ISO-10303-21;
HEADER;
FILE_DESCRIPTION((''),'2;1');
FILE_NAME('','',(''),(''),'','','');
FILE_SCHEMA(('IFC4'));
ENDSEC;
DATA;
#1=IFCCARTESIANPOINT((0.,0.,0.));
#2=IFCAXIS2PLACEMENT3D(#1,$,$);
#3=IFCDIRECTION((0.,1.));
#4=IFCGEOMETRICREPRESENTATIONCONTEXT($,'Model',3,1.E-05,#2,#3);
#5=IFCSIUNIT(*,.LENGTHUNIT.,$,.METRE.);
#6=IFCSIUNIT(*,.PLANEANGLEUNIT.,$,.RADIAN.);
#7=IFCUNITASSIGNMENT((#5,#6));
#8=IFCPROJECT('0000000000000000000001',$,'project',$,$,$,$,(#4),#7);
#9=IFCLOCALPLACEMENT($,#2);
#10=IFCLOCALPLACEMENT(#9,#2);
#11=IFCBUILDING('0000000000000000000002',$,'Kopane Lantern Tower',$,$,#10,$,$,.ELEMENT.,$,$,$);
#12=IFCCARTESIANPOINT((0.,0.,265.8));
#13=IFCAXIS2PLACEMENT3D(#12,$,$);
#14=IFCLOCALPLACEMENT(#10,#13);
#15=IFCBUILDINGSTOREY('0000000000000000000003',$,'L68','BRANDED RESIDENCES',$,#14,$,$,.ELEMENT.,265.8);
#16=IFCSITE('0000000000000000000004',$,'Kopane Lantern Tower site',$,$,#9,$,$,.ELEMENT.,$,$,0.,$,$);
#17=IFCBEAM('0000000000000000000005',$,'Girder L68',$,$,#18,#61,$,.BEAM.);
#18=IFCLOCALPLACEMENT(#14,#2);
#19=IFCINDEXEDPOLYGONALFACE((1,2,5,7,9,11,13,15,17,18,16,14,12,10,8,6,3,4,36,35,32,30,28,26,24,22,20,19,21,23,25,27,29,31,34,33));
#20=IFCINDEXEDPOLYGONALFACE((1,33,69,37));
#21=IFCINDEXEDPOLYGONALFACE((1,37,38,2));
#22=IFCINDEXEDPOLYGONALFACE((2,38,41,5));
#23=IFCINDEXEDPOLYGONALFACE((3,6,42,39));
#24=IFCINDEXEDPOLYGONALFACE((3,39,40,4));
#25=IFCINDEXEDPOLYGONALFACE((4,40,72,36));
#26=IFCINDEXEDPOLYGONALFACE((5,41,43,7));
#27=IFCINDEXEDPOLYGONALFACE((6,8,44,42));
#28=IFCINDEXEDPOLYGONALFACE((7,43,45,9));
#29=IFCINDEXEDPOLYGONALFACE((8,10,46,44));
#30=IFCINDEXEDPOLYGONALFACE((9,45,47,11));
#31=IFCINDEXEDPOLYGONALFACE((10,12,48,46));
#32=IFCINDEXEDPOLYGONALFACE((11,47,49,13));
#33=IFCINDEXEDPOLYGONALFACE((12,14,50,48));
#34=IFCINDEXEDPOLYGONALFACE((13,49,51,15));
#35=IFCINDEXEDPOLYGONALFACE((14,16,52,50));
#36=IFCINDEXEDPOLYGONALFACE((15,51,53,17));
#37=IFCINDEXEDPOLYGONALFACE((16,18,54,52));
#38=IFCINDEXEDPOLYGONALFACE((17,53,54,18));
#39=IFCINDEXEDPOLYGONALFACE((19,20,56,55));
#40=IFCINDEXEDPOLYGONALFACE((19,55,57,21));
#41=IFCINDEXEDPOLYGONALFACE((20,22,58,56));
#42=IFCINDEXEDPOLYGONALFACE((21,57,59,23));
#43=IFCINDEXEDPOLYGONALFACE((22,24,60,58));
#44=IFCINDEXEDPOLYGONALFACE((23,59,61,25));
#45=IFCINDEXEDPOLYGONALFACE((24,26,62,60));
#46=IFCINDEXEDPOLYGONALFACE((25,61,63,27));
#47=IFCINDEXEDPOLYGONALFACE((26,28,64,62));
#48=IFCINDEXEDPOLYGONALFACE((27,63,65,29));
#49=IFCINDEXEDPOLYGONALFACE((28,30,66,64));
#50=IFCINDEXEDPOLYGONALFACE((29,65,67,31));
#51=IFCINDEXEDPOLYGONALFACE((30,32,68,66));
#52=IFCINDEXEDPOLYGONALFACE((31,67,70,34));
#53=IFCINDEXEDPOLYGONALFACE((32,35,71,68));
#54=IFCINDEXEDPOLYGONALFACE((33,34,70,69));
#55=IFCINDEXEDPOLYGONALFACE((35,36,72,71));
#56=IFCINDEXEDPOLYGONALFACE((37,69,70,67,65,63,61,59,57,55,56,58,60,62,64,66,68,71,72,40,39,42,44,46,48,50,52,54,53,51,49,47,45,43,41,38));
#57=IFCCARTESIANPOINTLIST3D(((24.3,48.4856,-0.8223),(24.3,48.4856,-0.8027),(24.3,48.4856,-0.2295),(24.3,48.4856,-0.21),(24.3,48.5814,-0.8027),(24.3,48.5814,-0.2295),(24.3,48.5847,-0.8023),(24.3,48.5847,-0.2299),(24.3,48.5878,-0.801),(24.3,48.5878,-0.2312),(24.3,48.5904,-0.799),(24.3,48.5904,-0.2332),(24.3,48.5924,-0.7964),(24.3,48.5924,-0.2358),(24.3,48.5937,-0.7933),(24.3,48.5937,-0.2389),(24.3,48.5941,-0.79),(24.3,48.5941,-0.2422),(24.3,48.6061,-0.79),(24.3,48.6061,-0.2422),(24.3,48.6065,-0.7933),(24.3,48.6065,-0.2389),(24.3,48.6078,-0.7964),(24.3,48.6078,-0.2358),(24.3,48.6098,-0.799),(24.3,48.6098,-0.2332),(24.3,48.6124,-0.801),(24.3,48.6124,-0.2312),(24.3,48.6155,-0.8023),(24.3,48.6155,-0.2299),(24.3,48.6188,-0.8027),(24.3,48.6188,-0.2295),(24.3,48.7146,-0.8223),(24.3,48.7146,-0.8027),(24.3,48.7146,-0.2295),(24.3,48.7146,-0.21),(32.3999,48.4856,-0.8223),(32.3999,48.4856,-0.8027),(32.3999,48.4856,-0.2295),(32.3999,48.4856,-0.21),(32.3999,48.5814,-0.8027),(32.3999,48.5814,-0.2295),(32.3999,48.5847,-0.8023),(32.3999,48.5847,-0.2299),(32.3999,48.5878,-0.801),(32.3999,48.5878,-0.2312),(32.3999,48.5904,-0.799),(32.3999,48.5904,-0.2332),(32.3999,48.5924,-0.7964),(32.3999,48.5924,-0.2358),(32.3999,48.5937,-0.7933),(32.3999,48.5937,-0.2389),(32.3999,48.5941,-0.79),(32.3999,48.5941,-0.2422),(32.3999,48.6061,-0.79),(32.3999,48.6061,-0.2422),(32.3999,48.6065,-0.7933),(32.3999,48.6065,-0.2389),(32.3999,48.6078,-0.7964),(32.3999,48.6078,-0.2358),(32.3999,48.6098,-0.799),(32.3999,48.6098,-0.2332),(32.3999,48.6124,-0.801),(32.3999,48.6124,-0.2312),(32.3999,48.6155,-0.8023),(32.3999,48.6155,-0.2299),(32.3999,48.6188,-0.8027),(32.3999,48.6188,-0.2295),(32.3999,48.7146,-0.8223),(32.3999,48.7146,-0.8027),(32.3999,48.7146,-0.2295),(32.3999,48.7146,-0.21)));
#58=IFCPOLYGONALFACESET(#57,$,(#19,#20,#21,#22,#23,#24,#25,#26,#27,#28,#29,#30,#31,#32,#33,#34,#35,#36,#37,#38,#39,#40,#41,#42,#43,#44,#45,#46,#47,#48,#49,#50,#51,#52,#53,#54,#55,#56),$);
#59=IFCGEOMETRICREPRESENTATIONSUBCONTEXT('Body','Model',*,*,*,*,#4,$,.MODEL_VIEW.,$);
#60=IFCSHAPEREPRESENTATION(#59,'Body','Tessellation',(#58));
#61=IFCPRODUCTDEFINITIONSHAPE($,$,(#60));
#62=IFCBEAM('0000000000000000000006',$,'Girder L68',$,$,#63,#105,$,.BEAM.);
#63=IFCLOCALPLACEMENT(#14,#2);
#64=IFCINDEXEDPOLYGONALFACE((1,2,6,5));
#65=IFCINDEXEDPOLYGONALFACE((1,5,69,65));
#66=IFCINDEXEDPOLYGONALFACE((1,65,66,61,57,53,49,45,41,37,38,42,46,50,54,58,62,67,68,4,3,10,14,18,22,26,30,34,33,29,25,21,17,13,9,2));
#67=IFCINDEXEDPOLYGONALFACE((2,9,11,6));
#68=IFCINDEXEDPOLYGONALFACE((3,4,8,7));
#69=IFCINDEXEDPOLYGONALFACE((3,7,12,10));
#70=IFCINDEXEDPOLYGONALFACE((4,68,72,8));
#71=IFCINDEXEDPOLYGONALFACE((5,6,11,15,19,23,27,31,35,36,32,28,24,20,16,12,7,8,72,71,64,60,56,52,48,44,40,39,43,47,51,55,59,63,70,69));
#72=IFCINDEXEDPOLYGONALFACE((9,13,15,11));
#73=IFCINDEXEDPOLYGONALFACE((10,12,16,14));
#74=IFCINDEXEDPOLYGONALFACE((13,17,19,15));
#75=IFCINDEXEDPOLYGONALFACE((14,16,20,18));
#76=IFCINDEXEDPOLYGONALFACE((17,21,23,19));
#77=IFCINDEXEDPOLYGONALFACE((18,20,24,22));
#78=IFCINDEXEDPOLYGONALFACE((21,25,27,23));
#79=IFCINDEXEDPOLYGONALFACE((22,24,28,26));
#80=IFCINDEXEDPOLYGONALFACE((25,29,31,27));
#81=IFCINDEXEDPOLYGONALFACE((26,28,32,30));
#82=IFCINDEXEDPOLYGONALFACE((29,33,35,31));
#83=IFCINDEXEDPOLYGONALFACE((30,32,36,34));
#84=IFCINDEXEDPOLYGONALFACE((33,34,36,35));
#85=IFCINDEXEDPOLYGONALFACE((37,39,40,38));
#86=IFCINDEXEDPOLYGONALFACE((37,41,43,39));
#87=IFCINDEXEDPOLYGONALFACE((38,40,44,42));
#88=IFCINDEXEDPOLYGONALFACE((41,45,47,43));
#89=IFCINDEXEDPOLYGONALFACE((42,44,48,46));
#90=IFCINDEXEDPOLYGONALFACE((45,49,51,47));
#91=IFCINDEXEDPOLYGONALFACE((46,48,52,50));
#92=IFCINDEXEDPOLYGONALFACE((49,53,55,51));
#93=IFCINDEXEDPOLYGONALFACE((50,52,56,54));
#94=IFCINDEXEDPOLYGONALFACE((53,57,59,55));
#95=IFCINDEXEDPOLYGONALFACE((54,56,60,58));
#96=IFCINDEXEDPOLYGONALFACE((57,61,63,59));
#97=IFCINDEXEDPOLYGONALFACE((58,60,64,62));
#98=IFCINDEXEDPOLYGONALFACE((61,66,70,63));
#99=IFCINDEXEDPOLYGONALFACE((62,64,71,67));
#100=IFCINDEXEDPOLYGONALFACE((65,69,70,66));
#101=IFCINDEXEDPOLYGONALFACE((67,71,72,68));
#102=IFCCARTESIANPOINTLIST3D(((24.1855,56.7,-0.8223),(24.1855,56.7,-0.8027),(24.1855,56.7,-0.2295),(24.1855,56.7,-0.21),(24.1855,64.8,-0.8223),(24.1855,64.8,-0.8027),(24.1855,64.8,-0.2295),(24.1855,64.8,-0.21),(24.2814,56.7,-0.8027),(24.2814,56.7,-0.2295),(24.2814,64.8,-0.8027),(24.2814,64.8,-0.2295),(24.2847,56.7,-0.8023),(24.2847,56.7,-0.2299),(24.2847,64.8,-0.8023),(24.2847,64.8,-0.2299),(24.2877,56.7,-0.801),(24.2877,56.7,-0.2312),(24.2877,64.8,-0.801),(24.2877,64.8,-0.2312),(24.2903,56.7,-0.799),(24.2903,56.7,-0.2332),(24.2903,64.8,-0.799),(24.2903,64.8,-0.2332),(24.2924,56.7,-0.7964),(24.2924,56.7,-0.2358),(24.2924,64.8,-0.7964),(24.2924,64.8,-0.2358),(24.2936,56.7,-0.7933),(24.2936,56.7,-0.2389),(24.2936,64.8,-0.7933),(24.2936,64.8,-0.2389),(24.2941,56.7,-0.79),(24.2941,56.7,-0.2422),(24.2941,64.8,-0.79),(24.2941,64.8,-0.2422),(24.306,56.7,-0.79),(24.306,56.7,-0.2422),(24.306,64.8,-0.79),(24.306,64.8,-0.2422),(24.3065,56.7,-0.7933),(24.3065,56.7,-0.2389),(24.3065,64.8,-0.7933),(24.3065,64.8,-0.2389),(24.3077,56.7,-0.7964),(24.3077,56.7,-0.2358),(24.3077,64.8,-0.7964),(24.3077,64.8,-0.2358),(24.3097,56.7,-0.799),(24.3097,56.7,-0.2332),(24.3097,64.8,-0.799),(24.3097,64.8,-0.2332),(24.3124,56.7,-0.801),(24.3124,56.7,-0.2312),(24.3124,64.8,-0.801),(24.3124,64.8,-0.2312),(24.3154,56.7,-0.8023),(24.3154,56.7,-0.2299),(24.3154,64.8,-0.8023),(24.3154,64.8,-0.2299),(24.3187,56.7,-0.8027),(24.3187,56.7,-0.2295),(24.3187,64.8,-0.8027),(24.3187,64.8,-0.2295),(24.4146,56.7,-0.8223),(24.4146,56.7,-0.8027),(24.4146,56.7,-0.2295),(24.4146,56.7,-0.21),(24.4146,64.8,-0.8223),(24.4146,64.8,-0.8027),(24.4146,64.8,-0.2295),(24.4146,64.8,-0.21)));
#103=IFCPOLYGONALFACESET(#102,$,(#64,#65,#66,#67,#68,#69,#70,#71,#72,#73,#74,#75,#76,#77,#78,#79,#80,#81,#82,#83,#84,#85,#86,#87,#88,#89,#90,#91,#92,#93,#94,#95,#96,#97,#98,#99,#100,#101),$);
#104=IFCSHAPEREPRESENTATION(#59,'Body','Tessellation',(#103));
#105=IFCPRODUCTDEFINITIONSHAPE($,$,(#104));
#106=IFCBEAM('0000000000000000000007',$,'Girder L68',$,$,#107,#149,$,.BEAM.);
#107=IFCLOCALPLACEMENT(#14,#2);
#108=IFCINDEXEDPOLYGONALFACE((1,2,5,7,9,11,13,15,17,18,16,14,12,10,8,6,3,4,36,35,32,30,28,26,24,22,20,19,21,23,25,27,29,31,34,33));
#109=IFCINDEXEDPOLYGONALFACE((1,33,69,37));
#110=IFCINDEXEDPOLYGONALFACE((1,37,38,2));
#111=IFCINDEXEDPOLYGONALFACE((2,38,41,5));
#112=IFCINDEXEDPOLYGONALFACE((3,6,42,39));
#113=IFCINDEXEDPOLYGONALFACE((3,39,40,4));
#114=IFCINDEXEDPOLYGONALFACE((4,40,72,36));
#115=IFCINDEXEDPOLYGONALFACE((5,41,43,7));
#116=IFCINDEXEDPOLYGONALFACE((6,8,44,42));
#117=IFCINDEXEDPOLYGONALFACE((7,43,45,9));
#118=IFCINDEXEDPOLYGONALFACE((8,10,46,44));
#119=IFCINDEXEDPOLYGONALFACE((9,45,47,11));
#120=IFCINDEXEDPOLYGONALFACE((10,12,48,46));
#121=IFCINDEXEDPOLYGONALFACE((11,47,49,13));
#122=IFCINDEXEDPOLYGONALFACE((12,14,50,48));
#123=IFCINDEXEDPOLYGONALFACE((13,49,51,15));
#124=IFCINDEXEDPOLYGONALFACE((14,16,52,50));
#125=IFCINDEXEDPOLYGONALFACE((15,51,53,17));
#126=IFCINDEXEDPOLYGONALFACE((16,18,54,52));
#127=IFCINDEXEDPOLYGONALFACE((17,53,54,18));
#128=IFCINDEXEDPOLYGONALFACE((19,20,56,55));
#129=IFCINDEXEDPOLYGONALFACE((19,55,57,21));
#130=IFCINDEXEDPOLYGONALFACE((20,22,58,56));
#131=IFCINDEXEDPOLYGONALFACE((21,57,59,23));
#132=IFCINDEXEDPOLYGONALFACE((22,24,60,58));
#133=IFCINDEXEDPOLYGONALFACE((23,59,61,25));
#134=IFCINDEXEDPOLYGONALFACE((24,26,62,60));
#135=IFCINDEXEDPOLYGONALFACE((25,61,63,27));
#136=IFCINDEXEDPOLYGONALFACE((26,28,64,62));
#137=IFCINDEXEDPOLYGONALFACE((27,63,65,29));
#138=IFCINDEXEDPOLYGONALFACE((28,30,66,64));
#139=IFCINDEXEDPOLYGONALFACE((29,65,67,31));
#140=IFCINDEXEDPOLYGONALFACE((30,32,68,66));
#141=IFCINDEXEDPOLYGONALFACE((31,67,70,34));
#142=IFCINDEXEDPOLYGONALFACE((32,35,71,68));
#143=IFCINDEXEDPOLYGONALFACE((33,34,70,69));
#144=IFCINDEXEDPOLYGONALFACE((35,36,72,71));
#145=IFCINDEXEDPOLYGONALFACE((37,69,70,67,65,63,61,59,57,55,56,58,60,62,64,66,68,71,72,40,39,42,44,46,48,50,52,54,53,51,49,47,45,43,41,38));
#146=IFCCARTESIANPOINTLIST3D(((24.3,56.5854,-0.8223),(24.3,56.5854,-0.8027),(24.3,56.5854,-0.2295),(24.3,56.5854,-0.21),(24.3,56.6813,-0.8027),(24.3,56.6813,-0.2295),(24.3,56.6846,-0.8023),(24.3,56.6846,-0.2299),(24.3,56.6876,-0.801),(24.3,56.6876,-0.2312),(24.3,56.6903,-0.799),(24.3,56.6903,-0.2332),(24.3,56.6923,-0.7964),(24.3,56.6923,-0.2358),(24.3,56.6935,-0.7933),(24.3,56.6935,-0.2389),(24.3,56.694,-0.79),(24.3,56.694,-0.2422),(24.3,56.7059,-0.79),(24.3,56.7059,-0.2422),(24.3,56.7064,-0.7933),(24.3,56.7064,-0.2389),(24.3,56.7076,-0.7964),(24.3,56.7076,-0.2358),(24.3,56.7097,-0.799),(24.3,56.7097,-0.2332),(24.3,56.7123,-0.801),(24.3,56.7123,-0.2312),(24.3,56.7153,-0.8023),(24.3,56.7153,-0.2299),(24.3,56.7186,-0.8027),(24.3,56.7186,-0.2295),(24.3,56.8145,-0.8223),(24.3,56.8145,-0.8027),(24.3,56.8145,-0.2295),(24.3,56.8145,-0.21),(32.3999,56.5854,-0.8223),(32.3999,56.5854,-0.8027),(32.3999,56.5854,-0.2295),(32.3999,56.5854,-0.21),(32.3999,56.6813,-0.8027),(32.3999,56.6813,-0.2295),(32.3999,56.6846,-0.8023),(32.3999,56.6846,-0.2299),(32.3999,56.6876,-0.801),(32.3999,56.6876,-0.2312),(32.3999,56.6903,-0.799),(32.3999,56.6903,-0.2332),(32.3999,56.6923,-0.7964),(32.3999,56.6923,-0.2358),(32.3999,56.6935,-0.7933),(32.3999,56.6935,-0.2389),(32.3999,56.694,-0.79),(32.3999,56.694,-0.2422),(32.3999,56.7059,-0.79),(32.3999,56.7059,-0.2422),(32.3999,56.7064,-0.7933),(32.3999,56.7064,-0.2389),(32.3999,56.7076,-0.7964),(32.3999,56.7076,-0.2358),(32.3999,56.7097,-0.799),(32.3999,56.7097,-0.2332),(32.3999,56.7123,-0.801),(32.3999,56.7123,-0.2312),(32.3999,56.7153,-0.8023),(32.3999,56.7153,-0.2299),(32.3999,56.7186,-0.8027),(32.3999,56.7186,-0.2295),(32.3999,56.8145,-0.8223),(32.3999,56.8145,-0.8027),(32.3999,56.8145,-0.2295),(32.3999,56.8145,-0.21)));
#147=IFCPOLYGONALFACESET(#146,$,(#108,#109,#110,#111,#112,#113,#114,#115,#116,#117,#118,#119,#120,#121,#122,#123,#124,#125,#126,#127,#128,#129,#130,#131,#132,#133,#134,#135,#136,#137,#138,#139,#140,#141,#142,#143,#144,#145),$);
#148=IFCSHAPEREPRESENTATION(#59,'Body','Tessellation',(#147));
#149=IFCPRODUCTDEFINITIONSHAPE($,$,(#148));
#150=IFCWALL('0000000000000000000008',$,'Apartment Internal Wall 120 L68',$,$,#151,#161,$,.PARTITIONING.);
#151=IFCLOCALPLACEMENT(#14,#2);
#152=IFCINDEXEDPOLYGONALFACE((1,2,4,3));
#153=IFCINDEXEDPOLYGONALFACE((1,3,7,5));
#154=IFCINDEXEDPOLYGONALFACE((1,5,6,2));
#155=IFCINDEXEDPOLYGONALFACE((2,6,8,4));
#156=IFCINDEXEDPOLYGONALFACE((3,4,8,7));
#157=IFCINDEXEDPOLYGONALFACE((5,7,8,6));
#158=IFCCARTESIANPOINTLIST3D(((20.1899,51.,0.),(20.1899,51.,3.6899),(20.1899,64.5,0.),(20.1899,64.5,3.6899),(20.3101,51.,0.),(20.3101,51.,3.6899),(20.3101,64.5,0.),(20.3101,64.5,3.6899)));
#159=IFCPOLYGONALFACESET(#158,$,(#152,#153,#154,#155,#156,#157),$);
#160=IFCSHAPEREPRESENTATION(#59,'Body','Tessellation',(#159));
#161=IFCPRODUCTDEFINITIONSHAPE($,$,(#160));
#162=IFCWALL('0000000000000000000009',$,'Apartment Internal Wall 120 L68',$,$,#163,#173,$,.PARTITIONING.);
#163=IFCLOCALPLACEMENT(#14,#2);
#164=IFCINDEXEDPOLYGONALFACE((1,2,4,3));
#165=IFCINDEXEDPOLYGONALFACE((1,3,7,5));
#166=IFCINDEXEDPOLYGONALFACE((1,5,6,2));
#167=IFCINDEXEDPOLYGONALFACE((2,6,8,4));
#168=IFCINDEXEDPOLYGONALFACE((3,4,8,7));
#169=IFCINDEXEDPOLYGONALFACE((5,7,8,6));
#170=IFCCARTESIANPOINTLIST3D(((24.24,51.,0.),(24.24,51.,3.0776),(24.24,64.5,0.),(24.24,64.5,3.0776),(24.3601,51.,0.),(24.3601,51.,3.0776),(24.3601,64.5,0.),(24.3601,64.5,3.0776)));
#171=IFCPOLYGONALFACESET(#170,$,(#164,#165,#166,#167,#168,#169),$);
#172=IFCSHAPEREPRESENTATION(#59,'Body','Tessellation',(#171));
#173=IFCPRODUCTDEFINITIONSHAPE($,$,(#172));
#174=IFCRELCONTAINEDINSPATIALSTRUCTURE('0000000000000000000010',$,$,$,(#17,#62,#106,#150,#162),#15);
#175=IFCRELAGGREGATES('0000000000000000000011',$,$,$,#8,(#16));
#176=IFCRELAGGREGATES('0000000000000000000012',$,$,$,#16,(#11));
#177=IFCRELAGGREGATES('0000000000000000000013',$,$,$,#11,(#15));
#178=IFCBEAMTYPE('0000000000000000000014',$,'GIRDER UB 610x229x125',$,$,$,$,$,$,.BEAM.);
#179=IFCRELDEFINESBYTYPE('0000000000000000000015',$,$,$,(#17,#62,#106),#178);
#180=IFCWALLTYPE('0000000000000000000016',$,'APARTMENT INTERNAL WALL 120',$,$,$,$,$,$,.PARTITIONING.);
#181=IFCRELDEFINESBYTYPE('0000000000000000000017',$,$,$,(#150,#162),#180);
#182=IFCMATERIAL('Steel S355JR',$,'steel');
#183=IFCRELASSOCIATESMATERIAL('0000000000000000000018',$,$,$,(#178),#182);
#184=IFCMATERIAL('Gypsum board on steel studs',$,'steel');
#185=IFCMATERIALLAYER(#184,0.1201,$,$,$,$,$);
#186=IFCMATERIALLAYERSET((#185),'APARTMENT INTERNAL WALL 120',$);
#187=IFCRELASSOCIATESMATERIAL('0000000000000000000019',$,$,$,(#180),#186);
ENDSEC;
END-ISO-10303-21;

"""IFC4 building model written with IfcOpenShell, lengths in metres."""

from ifc_helpers import new_model, si_unit, direction, frame, frame_2d, origin, origin_2d, place, context, subcontext, project, spatial, rectangle, i_section, extrude, material, layer, layer_set, material_profile, profile_set, type_object, element, save


model = new_model("IFC4")

# Units and contexts
model_context = context("Model", 3, precision=1e-05, world=origin(), true_north=direction((0.0, 1.0)))
body_context = subcontext(model_context, "Body", "Model", "MODEL_VIEW")
ifc_project = project(units=[si_unit("LENGTHUNIT", "METRE"), si_unit("PLANEANGLEUNIT", "RADIAN")], contexts=[model_context])

# Site, building, storey
site_placement = place(None, origin())
site = spatial("IfcSite", under=ifc_project, at=site_placement, Name="Kopane Lantern Tower site", CompositionType="ELEMENT", RefElevation=0.0)
building_placement = place(site_placement, origin())
building = spatial("IfcBuilding", under=site, at=building_placement, Name="Kopane Lantern Tower", CompositionType="ELEMENT")
storey_placement = place(building_placement, frame((0.0, 0.0, 265.8)))
storey = spatial("IfcBuildingStorey", under=building, at=storey_placement, Name="L68", Description="BRANDED RESIDENCES", CompositionType="ELEMENT", Elevation=265.8)

# Beams
ifc_material_1 = material(Name="Steel S355JR", Category="steel")
ifc_material_profile_1 = material_profile(ifc_material_1, i_section(OverallWidth=0.229, OverallDepth=0.6123, WebThickness=0.012, FlangeThickness=0.0195, FilletRadius=0.0127, at=origin_2d()), Name="UB 610x229x125")
ifc_profile_set_1 = profile_set([ifc_material_profile_1], Name="Steel S355JR")
beam_type = type_object("IfcBeamType", Name="GIRDER UB 610x229x125", PredefinedType="BEAM", material=ifc_profile_set_1)
for number, where, z_axis, x_axis, name in (
    (1, (24.3, 48.6001, -0.5161), (1.0, 0.0, 0.0), (0.0, 1.0, 0.0), "Girder L68"),
):
    element("IfcBeam", number, at=place(storey_placement, frame(where, z_axis=z_axis, x_axis=x_axis)), inside=storey, type_object=beam_type, Name=name, PredefinedType="BEAM", context=body_context, shape_type="SweptSolid", body=[
        extrude(i_section(OverallWidth=0.229, OverallDepth=0.6123, WebThickness=0.012, FlangeThickness=0.0195, FilletRadius=0.0127, at=origin_2d()), origin(), (0.0, 0.0, 1.0), 8.0999),
    ])
beam_1_placement = place(storey_placement, frame((24.3, 56.7, -0.5161), z_axis=(0.0, 1.0, 0.0), x_axis=(-1.0, 0.0, 0.0)))
element("IfcBeam", 2, at=beam_1_placement, inside=storey, type_object=beam_type, Name="Girder L68", PredefinedType="BEAM", context=body_context, shape_type="SweptSolid", body=[
    extrude(i_section(OverallWidth=0.229, OverallDepth=0.6123, WebThickness=0.012, FlangeThickness=0.0195, FilletRadius=0.0127, at=origin_2d()), origin(), (0.0, 0.0, 1.0), 8.1001),
])
beam_2_placement = place(storey_placement, frame((24.3, 56.7, -0.5161), z_axis=(1.0, 0.0, 0.0), x_axis=(0.0, 1.0, 0.0)))
element("IfcBeam", 3, at=beam_2_placement, inside=storey, type_object=beam_type, Name="Girder L68", PredefinedType="BEAM", context=body_context, shape_type="SweptSolid", body=[
    extrude(i_section(OverallWidth=0.229, OverallDepth=0.6123, WebThickness=0.012, FlangeThickness=0.0195, FilletRadius=0.0127, at=origin_2d()), origin(), (0.0, 0.0, 1.0), 8.0999),
])

# Walls
ifc_material_2 = material(Name="Gypsum board on steel studs", Category="steel")
ifc_layer_1 = layer(ifc_material_2, 0.1201)
ifc_layer_set_1 = layer_set([ifc_layer_1], Name="APARTMENT INTERNAL WALL 120")
wall_type_1 = type_object("IfcWallType", Name="APARTMENT INTERNAL WALL 120", PredefinedType="PARTITIONING", material=ifc_layer_set_1)
wall_1_placement = place(storey_placement, frame((20.25, 51.0, 0.0), z_axis=(0.0, 0.0, 1.0), x_axis=(0.0, 1.0, 0.0)))
element("IfcWall", 4, at=wall_1_placement, inside=storey, type_object=wall_type_1, Name="Apartment Internal Wall 120 L68", PredefinedType="PARTITIONING", context=body_context, shape_type="SweptSolid", body=[
    extrude(rectangle(XDim=13.5, YDim=0.1201, at=frame_2d((6.75, 0.0))), origin(), (0.0, 0.0, 1.0), 3.6899),
])
wall_2_placement = place(storey_placement, frame((24.3, 51.0, 0.0), z_axis=(0.0, 0.0, 1.0), x_axis=(0.0, 1.0, 0.0)))
element("IfcWall", 5, at=wall_2_placement, inside=storey, type_object=wall_type_1, Name="Apartment Internal Wall 120 L68", PredefinedType="PARTITIONING", context=body_context, shape_type="SweptSolid", body=[
    extrude(rectangle(XDim=13.5, YDim=0.1201, at=frame_2d((6.75, 0.0))), origin(), (0.0, 0.0, 1.0), 3.0776),
])

save(model, "model.ifc")
